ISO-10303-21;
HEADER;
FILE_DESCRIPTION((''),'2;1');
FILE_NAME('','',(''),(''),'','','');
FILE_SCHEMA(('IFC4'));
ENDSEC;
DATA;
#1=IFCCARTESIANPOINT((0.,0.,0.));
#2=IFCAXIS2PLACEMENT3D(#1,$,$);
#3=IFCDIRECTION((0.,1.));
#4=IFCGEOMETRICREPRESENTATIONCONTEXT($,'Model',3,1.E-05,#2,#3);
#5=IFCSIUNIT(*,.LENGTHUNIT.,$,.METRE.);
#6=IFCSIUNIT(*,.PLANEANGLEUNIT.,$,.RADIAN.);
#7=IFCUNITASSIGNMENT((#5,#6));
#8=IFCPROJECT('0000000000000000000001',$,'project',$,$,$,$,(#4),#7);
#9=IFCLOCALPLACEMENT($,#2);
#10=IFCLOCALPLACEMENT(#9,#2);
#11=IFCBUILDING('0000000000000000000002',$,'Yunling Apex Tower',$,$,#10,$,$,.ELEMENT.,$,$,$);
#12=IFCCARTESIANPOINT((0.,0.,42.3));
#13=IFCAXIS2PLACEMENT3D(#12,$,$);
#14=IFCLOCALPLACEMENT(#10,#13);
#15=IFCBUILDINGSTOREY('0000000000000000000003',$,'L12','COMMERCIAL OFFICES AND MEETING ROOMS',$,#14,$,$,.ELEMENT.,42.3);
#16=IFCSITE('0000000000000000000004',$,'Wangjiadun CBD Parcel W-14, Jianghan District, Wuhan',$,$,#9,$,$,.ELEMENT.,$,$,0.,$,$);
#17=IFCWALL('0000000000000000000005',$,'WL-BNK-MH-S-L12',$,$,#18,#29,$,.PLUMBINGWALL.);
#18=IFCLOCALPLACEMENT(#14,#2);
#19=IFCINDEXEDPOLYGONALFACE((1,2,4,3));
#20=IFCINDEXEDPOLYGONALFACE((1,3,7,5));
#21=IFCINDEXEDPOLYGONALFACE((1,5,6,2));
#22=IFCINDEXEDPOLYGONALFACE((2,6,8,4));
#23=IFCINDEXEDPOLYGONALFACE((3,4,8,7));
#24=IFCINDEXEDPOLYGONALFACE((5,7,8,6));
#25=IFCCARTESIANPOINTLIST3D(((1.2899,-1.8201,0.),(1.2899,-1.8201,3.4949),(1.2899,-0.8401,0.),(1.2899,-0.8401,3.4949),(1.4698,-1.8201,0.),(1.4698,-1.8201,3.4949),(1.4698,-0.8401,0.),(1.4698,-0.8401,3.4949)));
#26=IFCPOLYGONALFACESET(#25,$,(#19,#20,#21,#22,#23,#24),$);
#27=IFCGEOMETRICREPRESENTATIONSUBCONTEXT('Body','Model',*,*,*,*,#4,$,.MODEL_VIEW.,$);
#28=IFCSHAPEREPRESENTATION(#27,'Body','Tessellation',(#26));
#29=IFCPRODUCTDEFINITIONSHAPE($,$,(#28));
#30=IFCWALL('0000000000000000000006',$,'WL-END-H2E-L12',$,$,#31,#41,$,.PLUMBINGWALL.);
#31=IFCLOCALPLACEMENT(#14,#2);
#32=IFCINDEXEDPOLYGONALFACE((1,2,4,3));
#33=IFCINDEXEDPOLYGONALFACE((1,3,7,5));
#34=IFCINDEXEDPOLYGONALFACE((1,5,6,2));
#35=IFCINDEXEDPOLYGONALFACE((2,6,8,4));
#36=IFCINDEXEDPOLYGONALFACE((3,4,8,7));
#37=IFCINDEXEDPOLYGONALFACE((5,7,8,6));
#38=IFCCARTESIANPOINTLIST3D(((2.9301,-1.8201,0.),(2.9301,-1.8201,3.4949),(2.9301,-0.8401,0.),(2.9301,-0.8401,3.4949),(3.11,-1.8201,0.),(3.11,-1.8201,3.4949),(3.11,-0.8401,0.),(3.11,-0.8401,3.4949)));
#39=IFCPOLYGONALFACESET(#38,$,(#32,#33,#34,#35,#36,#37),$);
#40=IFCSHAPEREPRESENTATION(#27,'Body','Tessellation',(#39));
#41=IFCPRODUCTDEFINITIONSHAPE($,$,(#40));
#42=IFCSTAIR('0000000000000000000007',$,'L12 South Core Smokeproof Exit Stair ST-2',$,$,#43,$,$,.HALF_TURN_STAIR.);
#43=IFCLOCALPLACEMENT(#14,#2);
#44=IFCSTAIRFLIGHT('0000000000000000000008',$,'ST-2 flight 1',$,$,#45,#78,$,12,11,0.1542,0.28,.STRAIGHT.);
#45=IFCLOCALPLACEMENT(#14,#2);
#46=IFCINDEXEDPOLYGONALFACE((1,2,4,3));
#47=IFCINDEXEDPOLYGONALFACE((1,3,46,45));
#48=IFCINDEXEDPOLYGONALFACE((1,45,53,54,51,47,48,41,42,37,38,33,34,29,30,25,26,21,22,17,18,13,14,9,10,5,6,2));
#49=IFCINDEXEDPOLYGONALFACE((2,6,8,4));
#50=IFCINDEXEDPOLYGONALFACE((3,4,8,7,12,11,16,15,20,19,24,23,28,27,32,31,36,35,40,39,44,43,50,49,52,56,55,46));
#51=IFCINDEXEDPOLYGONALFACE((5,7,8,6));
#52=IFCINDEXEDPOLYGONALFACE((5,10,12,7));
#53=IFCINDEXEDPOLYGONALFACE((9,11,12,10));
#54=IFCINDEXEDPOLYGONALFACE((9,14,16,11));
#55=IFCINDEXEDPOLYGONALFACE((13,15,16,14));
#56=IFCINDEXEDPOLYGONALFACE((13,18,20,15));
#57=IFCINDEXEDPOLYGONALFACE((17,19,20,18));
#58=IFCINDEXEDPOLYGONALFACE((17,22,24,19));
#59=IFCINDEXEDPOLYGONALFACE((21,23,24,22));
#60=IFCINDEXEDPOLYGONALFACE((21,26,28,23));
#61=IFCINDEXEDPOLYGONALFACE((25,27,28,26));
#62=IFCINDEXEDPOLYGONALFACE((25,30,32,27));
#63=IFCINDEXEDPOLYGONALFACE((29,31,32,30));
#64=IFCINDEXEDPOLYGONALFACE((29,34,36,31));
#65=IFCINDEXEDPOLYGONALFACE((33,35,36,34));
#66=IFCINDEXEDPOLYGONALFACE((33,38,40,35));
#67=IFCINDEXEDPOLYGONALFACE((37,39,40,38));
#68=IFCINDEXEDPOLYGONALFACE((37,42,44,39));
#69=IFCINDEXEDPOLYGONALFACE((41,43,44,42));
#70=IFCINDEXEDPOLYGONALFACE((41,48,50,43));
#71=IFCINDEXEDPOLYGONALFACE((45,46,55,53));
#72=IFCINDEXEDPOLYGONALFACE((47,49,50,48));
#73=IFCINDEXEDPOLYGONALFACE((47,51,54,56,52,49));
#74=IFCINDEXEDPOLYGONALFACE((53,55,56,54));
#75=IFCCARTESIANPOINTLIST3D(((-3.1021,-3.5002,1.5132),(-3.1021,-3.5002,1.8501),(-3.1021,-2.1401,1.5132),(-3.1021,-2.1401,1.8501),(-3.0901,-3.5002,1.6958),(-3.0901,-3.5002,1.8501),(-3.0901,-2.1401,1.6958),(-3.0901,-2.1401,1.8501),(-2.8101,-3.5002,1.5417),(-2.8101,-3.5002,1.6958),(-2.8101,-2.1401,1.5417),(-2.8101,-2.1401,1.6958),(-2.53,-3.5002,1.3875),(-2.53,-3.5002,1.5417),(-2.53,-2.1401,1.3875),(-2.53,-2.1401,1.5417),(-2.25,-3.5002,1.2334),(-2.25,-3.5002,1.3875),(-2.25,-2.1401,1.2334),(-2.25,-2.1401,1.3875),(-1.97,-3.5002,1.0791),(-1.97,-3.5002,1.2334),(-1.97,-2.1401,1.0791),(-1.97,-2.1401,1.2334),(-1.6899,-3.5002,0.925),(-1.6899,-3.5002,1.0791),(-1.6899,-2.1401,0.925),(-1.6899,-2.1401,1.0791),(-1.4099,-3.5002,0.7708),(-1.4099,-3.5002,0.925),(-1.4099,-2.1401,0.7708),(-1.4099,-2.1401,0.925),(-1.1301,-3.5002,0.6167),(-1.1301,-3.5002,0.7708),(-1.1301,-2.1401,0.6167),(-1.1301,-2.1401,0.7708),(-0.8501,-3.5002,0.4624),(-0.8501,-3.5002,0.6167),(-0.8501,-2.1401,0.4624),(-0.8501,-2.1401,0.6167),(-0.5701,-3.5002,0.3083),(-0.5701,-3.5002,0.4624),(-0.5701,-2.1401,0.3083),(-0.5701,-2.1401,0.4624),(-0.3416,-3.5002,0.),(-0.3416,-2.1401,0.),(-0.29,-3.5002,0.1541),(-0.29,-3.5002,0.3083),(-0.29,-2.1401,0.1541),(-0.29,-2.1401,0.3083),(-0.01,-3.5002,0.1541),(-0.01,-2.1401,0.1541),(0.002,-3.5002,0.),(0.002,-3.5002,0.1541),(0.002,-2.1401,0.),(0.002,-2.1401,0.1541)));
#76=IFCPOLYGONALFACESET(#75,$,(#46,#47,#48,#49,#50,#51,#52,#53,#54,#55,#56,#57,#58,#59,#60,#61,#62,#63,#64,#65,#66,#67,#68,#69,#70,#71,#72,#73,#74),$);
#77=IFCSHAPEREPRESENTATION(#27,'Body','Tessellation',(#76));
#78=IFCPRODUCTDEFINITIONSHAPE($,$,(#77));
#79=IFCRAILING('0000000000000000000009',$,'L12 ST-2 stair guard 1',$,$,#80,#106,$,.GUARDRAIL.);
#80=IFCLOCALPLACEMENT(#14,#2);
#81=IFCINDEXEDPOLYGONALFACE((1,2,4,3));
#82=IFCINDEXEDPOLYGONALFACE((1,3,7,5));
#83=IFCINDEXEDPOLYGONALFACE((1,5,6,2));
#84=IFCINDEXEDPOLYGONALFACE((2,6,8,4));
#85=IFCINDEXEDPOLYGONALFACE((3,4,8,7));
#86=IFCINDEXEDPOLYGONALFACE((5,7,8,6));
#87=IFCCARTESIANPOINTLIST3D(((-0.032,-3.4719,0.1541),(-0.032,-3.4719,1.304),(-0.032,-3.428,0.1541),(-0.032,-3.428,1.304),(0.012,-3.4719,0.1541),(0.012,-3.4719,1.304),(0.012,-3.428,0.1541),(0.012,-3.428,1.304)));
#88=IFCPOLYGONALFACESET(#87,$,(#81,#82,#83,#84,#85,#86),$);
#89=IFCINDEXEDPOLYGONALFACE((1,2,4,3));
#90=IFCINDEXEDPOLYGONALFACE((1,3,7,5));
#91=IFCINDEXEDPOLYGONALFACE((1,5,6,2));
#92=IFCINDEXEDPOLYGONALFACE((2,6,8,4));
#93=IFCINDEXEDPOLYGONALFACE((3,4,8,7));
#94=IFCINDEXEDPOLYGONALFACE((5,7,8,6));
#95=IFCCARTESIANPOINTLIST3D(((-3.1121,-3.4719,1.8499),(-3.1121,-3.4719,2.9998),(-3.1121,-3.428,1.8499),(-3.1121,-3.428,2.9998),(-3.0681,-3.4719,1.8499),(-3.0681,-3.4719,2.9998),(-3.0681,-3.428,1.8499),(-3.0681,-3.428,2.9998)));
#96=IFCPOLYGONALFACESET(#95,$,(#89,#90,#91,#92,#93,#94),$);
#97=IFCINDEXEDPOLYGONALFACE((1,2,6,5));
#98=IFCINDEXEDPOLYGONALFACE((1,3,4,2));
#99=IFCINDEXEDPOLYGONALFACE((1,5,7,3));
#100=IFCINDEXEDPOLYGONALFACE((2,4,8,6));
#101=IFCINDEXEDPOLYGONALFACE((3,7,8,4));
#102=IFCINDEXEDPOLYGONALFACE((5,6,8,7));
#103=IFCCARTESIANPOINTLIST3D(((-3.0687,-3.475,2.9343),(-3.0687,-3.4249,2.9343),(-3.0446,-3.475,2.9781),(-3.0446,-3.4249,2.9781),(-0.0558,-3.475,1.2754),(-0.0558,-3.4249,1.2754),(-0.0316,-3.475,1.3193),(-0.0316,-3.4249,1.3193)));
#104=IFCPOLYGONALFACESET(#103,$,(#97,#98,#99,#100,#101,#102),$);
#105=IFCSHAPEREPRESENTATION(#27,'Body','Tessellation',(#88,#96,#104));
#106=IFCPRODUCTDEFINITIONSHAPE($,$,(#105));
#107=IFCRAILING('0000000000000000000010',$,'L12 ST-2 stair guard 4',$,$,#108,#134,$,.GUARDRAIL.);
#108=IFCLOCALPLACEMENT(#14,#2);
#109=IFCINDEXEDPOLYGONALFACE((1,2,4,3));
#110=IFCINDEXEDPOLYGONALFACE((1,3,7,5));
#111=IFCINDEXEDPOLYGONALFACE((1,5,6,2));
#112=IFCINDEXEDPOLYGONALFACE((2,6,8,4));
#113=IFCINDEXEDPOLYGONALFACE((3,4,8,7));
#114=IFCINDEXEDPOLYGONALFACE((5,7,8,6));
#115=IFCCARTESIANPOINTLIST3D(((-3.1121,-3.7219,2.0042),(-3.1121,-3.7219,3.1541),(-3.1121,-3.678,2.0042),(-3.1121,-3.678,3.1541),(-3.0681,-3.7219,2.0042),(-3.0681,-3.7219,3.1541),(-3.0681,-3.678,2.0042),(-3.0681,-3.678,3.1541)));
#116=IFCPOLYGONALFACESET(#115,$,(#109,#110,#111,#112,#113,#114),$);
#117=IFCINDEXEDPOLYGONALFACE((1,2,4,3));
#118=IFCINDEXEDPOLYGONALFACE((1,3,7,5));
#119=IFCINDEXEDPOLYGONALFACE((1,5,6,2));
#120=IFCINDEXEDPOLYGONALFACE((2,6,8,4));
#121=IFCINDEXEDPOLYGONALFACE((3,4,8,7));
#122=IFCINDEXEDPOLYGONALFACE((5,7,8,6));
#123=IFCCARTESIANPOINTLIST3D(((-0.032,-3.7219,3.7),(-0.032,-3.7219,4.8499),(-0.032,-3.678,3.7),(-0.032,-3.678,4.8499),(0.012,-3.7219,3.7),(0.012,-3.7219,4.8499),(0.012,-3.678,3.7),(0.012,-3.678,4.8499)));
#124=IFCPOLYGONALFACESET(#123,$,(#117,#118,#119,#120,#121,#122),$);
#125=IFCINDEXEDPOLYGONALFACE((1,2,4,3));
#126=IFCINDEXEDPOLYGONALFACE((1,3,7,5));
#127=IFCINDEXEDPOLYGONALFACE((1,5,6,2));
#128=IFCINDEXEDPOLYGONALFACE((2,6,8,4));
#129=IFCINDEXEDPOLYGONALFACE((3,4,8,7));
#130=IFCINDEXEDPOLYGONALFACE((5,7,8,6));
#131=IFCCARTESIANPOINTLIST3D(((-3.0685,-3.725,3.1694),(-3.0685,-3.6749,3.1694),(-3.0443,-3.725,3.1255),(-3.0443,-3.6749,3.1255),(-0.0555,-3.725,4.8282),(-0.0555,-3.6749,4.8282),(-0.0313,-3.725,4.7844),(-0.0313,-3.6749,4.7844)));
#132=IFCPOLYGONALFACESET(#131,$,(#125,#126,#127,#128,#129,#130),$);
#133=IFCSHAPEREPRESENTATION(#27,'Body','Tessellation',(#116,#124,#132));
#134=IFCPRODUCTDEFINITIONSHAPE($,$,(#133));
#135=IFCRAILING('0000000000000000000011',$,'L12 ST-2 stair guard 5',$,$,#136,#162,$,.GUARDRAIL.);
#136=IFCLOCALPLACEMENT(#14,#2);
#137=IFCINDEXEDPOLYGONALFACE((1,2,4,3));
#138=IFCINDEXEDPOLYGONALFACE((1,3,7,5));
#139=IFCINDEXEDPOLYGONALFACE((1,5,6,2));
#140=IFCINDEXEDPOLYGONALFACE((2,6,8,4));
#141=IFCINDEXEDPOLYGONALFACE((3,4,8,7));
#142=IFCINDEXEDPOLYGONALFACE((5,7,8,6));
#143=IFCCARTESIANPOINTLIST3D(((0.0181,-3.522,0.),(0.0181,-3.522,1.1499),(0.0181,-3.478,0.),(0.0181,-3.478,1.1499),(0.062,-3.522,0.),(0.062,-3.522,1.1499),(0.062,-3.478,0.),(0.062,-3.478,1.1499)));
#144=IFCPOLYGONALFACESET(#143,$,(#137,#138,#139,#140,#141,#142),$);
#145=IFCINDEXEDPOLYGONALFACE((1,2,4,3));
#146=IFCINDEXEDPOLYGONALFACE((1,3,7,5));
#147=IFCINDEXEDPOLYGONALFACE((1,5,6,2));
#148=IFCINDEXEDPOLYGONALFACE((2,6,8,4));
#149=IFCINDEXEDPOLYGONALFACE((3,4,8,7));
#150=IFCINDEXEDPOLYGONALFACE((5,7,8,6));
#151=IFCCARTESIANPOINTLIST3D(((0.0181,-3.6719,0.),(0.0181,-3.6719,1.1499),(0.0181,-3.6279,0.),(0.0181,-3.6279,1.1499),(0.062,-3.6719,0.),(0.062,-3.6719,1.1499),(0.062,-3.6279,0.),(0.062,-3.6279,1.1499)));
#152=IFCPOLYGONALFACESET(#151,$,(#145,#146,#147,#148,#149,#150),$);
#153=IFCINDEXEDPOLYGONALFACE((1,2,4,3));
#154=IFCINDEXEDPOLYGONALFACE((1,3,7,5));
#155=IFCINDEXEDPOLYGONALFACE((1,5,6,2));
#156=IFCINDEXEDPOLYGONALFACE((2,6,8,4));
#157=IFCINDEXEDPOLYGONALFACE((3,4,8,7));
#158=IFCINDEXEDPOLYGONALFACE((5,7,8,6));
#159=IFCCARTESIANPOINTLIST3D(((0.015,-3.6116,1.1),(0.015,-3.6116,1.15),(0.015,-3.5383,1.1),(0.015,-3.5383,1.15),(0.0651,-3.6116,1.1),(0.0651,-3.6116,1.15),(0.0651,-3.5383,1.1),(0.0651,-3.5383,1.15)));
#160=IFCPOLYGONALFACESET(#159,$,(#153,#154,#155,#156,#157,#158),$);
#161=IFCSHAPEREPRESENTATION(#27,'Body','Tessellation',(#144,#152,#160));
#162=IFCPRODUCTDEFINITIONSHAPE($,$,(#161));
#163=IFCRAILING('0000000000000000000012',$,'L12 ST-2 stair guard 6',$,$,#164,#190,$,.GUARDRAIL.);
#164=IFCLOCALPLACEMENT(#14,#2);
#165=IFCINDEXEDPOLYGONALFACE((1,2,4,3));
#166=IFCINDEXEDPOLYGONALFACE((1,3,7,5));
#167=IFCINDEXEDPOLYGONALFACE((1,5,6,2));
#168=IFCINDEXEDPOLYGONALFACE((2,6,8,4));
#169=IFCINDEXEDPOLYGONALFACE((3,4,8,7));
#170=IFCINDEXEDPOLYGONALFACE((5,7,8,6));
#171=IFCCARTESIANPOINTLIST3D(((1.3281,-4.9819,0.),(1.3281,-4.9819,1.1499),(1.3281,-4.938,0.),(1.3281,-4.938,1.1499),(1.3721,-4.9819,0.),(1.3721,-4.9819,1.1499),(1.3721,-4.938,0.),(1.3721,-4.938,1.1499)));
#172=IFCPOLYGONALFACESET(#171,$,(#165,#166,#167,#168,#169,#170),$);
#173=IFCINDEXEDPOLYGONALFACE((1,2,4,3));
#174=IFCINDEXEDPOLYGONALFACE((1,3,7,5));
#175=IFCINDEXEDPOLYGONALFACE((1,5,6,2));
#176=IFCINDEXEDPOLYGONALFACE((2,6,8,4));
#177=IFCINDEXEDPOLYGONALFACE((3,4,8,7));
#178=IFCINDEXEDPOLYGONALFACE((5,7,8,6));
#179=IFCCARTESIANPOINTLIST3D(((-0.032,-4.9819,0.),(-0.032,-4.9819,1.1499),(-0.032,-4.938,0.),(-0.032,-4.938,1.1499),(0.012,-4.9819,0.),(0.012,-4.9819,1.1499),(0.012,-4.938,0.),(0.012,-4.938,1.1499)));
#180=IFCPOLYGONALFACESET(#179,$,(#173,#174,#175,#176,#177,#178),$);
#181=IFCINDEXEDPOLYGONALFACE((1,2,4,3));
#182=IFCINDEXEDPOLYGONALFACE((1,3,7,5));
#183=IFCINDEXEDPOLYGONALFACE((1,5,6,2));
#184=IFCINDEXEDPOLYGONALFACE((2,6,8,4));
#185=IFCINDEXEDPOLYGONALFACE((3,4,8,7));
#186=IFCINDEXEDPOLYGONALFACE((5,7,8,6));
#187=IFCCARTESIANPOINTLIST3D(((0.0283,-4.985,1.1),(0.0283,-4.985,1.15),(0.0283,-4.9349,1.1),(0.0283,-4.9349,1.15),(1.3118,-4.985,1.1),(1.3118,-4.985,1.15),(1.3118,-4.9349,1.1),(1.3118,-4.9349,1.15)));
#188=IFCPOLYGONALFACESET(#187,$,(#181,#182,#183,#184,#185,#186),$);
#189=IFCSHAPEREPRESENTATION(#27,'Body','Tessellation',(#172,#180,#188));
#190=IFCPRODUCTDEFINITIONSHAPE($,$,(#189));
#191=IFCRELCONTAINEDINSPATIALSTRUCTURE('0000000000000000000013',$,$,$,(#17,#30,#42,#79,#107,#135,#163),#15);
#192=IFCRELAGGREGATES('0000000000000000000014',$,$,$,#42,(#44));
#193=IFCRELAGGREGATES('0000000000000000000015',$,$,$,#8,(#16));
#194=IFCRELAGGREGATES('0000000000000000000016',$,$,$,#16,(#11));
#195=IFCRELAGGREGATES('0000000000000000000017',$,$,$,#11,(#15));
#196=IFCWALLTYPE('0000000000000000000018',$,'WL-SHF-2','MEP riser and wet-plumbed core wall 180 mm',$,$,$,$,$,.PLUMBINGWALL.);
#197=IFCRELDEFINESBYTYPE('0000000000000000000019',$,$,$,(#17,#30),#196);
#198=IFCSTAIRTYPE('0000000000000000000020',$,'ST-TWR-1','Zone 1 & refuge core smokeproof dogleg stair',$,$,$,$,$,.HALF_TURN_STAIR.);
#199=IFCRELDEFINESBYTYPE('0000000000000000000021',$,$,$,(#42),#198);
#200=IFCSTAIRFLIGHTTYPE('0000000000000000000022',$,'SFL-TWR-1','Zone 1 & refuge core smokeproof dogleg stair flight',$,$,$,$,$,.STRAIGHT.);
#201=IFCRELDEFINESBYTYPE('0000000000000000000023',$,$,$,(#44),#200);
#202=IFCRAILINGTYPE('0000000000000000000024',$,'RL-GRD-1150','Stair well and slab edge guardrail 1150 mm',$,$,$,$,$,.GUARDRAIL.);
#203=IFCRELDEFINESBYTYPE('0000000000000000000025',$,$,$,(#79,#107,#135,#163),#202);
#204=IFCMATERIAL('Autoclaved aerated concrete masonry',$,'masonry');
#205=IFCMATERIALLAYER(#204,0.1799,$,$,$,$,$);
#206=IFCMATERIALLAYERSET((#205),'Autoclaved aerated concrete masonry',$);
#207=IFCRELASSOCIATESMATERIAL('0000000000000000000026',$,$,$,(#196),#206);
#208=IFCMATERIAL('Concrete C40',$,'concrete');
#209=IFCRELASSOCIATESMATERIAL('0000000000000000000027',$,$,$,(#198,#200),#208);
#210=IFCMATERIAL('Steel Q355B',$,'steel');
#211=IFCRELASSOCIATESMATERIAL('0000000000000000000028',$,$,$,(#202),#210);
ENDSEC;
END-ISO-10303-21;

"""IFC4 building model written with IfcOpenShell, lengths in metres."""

from ifc_helpers import new_model, si_unit, direction, frame, frame_2d, origin, origin_2d, place, context, subcontext, project, spatial, polyline, rectangle, outline, extrude, material, layer, layer_set, type_object, element, aggregate, save


model = new_model("IFC4")

# Units and contexts
model_context = context("Model", 3, precision=1e-05, world=origin(), true_north=direction((0.0, 1.0)))
body_context = subcontext(model_context, "Body", "Model", "MODEL_VIEW")
ifc_project = project(units=[si_unit("LENGTHUNIT", "METRE"), si_unit("PLANEANGLEUNIT", "RADIAN")], contexts=[model_context])

# Site, building, storey
site_placement = place(None, origin())
site = spatial("IfcSite", under=ifc_project, at=site_placement, Name="Wangjiadun CBD Parcel W-14, Jianghan District, Wuhan", CompositionType="ELEMENT", RefElevation=0.0)
building_placement = place(site_placement, origin())
building = spatial("IfcBuilding", under=site, at=building_placement, Name="Yunling Apex Tower", CompositionType="ELEMENT")
storey_placement = place(building_placement, frame((0.0, 0.0, 42.3)))
storey = spatial("IfcBuildingStorey", under=building, at=storey_placement, Name="L12", Description="COMMERCIAL OFFICES AND MEETING ROOMS", CompositionType="ELEMENT", Elevation=42.3)

# Shared definitions
ifc_material_1 = material(Name="Steel Q355B", Category="steel")

# Shared definitions
ifc_material_2 = material(Name="Concrete C40", Category="concrete")

# Shared definitions
ifc_material_3 = material(Name="Autoclaved aerated concrete masonry", Category="masonry")

# Walls
ifc_layer_1 = layer(ifc_material_3, 0.1799)
ifc_layer_set_1 = layer_set([ifc_layer_1], Name="Autoclaved aerated concrete masonry")
wall_type_1 = type_object("IfcWallType", Name="WL-SHF-2", Description="MEP riser and wet-plumbed core wall 180 mm", PredefinedType="PLUMBINGWALL", material=ifc_layer_set_1)
for number, where, z_axis, x_axis, name in (
    (1, (1.3799, -1.8201, 0.0), (0.0, 0.0, 1.0), (0.0, 1.0, 0.0), "WL-BNK-MH-S-L12"),
    (2, (3.02, -1.8201, 0.0), (0.0, 0.0, 1.0), (0.0, 1.0, 0.0), "WL-END-H2E-L12"),
):
    element("IfcWall", number, at=place(storey_placement, frame(where, z_axis=z_axis, x_axis=x_axis)), inside=storey, type_object=wall_type_1, Name=name, PredefinedType="PLUMBINGWALL", context=body_context, shape_type="SweptSolid", body=[
        extrude(rectangle(XDim=0.98, YDim=0.1799, at=frame_2d((0.49, 0.0))), origin(), (0.0, 0.0, 1.0), 3.4949),
    ])

# Stair, stair flight
stair_type = type_object("IfcStairType", Name="ST-TWR-1", Description="Zone 1 & refuge core smokeproof dogleg stair", PredefinedType="HALF_TURN_STAIR", material=ifc_material_2)
stair_placement = place(storey_placement, origin())
stair = element("IfcStair", 3, at=stair_placement, inside=storey, type_object=stair_type, Name="L12 South Core Smokeproof Exit Stair ST-2", PredefinedType="HALF_TURN_STAIR")
stair_flight_type = type_object("IfcStairFlightType", Name="SFL-TWR-1", Description="Zone 1 & refuge core smokeproof dogleg stair flight", PredefinedType="STRAIGHT", material=ifc_material_2)
stair_flight_placement = place(storey_placement, frame((-0.01, -2.8201, 0.0), z_axis=(0.0, 0.0, 1.0), x_axis=(-1.0, 0.0, 0.0)))
stair_flight = element("IfcStairFlight", 4, at=stair_flight_placement, type_object=stair_flight_type, Name="ST-2 flight 1", NumberOfRisers=12, NumberOfTreads=11, PredefinedType="STRAIGHT", RiserHeight=0.1542, TreadLength=0.28, context=body_context, shape_type="SweptSolid", body=[
    extrude(outline(polyline([(-0.012, 0.0), (-0.012, 0.1541), (0.0, 0.1541), (0.28, 0.1541), (0.28, 0.3083), (0.5601, 0.3083), (0.5601, 0.4624), (0.8401, 0.4624), (0.8401, 0.6167), (1.1201, 0.6167), (1.1201, 0.7708), (1.3999, 0.7708), (1.3999, 0.925), (1.6799, 0.925), (1.6799, 1.0791), (1.96, 1.0791), (1.96, 1.2334), (2.24, 1.2334), (2.24, 1.3875), (2.52, 1.3875), (2.52, 1.5417), (2.8, 1.5417), (2.8, 1.6958), (3.0801, 1.6958), (3.0801, 1.8501), (3.092, 1.8501), (3.092, 1.5132), (0.3315, 0.0), (-0.012, 0.0)])), frame((0.0, 0.6802, 0.0), z_axis=(0.0, -1.0, 0.0), x_axis=(1.0, 0.0, 0.0)), (0.0, 0.0, 1.0), 1.3601),
])
aggregate(stair, [stair_flight])

# Railings
railing_type_1 = type_object("IfcRailingType", Name="RL-GRD-1150", Description="Stair well and slab edge guardrail 1150 mm", PredefinedType="GUARDRAIL", material=ifc_material_1)
railing_1_placement = place(storey_placement, frame((-0.01, -3.45, 0.1541)))
element("IfcRailing", 5, at=railing_1_placement, inside=storey, type_object=railing_type_1, Name="L12 ST-2 stair guard 1", PredefinedType="GUARDRAIL", context=body_context, shape_type="SweptSolid", body=[
    extrude(rectangle(XDim=0.0439, YDim=0.0439, at=origin_2d()), origin(), (0.0, 0.0, 1.0), 1.1499),
    extrude(rectangle(XDim=0.0439, YDim=0.0439, at=origin_2d()), frame((-3.0801, 0.0, 1.6958)), (0.0, 0.0, 1.0), 1.1499),
    extrude(rectangle(XDim=0.05, YDim=0.05, at=origin_2d()), frame((-0.0337, 0.0, 1.1433), z_axis=(-0.876005, 0.0, 0.482303), x_axis=(0.0, -1.0, 0.0)), (0.0, 0.0, 1.0), 3.4395),
])
railing_2_placement = place(storey_placement, frame((-3.0901, -3.7, 2.0042)))
element("IfcRailing", 6, at=railing_2_placement, inside=storey, type_object=railing_type_1, Name="L12 ST-2 stair guard 4", PredefinedType="GUARDRAIL", context=body_context, shape_type="SweptSolid", body=[
    extrude(rectangle(XDim=0.0439, YDim=0.0439, at=origin_2d()), origin(), (0.0, 0.0, 1.0), 1.1499),
    extrude(rectangle(XDim=0.0439, YDim=0.0439, at=origin_2d()), frame((3.0801, 0.0, 1.6958)), (0.0, 0.0, 1.0), 1.1499),
    extrude(rectangle(XDim=0.05, YDim=0.05, at=origin_2d()), frame((0.0337, 0.0, 1.1433), z_axis=(0.876005, 0.0, 0.482303), x_axis=(0.0, 1.0, 0.0)), (0.0, 0.0, 1.0), 3.4395),
])
railing_3_placement = place(storey_placement, frame((0.04, -3.5, 0.0)))
element("IfcRailing", 7, at=railing_3_placement, inside=storey, type_object=railing_type_1, Name="L12 ST-2 stair guard 5", PredefinedType="GUARDRAIL", context=body_context, shape_type="SweptSolid", body=[
    extrude(rectangle(XDim=0.0439, YDim=0.0439, at=origin_2d()), origin(), (0.0, 0.0, 1.0), 1.1499),
    extrude(rectangle(XDim=0.0439, YDim=0.0439, at=origin_2d()), frame((0.0, -0.1499, 0.0)), (0.0, 0.0, 1.0), 1.1499),
    extrude(rectangle(XDim=0.05, YDim=0.05, at=origin_2d()), frame((0.0, -0.0383, 1.125), z_axis=(0.0, -1.0, 0.0), x_axis=(1.0, 0.0, 0.0)), (0.0, 0.0, 1.0), 0.0732),
])
railing_4_placement = place(storey_placement, frame((1.3501, -4.96, 0.0)))
element("IfcRailing", 8, at=railing_4_placement, inside=storey, type_object=railing_type_1, Name="L12 ST-2 stair guard 6", PredefinedType="GUARDRAIL", context=body_context, shape_type="SweptSolid", body=[
    extrude(rectangle(XDim=0.0439, YDim=0.0439, at=origin_2d()), origin(), (0.0, 0.0, 1.0), 1.1499),
    extrude(rectangle(XDim=0.0439, YDim=0.0439, at=origin_2d()), frame((-1.3601, 0.0, 0.0)), (0.0, 0.0, 1.0), 1.1499),
    extrude(rectangle(XDim=0.05, YDim=0.05, at=origin_2d()), frame((-0.0383, 0.0, 1.125), z_axis=(-1.0, 0.0, 0.0), x_axis=(0.0, -1.0, 0.0)), (0.0, 0.0, 1.0), 1.2834),
])

save(model, "model.ifc")
